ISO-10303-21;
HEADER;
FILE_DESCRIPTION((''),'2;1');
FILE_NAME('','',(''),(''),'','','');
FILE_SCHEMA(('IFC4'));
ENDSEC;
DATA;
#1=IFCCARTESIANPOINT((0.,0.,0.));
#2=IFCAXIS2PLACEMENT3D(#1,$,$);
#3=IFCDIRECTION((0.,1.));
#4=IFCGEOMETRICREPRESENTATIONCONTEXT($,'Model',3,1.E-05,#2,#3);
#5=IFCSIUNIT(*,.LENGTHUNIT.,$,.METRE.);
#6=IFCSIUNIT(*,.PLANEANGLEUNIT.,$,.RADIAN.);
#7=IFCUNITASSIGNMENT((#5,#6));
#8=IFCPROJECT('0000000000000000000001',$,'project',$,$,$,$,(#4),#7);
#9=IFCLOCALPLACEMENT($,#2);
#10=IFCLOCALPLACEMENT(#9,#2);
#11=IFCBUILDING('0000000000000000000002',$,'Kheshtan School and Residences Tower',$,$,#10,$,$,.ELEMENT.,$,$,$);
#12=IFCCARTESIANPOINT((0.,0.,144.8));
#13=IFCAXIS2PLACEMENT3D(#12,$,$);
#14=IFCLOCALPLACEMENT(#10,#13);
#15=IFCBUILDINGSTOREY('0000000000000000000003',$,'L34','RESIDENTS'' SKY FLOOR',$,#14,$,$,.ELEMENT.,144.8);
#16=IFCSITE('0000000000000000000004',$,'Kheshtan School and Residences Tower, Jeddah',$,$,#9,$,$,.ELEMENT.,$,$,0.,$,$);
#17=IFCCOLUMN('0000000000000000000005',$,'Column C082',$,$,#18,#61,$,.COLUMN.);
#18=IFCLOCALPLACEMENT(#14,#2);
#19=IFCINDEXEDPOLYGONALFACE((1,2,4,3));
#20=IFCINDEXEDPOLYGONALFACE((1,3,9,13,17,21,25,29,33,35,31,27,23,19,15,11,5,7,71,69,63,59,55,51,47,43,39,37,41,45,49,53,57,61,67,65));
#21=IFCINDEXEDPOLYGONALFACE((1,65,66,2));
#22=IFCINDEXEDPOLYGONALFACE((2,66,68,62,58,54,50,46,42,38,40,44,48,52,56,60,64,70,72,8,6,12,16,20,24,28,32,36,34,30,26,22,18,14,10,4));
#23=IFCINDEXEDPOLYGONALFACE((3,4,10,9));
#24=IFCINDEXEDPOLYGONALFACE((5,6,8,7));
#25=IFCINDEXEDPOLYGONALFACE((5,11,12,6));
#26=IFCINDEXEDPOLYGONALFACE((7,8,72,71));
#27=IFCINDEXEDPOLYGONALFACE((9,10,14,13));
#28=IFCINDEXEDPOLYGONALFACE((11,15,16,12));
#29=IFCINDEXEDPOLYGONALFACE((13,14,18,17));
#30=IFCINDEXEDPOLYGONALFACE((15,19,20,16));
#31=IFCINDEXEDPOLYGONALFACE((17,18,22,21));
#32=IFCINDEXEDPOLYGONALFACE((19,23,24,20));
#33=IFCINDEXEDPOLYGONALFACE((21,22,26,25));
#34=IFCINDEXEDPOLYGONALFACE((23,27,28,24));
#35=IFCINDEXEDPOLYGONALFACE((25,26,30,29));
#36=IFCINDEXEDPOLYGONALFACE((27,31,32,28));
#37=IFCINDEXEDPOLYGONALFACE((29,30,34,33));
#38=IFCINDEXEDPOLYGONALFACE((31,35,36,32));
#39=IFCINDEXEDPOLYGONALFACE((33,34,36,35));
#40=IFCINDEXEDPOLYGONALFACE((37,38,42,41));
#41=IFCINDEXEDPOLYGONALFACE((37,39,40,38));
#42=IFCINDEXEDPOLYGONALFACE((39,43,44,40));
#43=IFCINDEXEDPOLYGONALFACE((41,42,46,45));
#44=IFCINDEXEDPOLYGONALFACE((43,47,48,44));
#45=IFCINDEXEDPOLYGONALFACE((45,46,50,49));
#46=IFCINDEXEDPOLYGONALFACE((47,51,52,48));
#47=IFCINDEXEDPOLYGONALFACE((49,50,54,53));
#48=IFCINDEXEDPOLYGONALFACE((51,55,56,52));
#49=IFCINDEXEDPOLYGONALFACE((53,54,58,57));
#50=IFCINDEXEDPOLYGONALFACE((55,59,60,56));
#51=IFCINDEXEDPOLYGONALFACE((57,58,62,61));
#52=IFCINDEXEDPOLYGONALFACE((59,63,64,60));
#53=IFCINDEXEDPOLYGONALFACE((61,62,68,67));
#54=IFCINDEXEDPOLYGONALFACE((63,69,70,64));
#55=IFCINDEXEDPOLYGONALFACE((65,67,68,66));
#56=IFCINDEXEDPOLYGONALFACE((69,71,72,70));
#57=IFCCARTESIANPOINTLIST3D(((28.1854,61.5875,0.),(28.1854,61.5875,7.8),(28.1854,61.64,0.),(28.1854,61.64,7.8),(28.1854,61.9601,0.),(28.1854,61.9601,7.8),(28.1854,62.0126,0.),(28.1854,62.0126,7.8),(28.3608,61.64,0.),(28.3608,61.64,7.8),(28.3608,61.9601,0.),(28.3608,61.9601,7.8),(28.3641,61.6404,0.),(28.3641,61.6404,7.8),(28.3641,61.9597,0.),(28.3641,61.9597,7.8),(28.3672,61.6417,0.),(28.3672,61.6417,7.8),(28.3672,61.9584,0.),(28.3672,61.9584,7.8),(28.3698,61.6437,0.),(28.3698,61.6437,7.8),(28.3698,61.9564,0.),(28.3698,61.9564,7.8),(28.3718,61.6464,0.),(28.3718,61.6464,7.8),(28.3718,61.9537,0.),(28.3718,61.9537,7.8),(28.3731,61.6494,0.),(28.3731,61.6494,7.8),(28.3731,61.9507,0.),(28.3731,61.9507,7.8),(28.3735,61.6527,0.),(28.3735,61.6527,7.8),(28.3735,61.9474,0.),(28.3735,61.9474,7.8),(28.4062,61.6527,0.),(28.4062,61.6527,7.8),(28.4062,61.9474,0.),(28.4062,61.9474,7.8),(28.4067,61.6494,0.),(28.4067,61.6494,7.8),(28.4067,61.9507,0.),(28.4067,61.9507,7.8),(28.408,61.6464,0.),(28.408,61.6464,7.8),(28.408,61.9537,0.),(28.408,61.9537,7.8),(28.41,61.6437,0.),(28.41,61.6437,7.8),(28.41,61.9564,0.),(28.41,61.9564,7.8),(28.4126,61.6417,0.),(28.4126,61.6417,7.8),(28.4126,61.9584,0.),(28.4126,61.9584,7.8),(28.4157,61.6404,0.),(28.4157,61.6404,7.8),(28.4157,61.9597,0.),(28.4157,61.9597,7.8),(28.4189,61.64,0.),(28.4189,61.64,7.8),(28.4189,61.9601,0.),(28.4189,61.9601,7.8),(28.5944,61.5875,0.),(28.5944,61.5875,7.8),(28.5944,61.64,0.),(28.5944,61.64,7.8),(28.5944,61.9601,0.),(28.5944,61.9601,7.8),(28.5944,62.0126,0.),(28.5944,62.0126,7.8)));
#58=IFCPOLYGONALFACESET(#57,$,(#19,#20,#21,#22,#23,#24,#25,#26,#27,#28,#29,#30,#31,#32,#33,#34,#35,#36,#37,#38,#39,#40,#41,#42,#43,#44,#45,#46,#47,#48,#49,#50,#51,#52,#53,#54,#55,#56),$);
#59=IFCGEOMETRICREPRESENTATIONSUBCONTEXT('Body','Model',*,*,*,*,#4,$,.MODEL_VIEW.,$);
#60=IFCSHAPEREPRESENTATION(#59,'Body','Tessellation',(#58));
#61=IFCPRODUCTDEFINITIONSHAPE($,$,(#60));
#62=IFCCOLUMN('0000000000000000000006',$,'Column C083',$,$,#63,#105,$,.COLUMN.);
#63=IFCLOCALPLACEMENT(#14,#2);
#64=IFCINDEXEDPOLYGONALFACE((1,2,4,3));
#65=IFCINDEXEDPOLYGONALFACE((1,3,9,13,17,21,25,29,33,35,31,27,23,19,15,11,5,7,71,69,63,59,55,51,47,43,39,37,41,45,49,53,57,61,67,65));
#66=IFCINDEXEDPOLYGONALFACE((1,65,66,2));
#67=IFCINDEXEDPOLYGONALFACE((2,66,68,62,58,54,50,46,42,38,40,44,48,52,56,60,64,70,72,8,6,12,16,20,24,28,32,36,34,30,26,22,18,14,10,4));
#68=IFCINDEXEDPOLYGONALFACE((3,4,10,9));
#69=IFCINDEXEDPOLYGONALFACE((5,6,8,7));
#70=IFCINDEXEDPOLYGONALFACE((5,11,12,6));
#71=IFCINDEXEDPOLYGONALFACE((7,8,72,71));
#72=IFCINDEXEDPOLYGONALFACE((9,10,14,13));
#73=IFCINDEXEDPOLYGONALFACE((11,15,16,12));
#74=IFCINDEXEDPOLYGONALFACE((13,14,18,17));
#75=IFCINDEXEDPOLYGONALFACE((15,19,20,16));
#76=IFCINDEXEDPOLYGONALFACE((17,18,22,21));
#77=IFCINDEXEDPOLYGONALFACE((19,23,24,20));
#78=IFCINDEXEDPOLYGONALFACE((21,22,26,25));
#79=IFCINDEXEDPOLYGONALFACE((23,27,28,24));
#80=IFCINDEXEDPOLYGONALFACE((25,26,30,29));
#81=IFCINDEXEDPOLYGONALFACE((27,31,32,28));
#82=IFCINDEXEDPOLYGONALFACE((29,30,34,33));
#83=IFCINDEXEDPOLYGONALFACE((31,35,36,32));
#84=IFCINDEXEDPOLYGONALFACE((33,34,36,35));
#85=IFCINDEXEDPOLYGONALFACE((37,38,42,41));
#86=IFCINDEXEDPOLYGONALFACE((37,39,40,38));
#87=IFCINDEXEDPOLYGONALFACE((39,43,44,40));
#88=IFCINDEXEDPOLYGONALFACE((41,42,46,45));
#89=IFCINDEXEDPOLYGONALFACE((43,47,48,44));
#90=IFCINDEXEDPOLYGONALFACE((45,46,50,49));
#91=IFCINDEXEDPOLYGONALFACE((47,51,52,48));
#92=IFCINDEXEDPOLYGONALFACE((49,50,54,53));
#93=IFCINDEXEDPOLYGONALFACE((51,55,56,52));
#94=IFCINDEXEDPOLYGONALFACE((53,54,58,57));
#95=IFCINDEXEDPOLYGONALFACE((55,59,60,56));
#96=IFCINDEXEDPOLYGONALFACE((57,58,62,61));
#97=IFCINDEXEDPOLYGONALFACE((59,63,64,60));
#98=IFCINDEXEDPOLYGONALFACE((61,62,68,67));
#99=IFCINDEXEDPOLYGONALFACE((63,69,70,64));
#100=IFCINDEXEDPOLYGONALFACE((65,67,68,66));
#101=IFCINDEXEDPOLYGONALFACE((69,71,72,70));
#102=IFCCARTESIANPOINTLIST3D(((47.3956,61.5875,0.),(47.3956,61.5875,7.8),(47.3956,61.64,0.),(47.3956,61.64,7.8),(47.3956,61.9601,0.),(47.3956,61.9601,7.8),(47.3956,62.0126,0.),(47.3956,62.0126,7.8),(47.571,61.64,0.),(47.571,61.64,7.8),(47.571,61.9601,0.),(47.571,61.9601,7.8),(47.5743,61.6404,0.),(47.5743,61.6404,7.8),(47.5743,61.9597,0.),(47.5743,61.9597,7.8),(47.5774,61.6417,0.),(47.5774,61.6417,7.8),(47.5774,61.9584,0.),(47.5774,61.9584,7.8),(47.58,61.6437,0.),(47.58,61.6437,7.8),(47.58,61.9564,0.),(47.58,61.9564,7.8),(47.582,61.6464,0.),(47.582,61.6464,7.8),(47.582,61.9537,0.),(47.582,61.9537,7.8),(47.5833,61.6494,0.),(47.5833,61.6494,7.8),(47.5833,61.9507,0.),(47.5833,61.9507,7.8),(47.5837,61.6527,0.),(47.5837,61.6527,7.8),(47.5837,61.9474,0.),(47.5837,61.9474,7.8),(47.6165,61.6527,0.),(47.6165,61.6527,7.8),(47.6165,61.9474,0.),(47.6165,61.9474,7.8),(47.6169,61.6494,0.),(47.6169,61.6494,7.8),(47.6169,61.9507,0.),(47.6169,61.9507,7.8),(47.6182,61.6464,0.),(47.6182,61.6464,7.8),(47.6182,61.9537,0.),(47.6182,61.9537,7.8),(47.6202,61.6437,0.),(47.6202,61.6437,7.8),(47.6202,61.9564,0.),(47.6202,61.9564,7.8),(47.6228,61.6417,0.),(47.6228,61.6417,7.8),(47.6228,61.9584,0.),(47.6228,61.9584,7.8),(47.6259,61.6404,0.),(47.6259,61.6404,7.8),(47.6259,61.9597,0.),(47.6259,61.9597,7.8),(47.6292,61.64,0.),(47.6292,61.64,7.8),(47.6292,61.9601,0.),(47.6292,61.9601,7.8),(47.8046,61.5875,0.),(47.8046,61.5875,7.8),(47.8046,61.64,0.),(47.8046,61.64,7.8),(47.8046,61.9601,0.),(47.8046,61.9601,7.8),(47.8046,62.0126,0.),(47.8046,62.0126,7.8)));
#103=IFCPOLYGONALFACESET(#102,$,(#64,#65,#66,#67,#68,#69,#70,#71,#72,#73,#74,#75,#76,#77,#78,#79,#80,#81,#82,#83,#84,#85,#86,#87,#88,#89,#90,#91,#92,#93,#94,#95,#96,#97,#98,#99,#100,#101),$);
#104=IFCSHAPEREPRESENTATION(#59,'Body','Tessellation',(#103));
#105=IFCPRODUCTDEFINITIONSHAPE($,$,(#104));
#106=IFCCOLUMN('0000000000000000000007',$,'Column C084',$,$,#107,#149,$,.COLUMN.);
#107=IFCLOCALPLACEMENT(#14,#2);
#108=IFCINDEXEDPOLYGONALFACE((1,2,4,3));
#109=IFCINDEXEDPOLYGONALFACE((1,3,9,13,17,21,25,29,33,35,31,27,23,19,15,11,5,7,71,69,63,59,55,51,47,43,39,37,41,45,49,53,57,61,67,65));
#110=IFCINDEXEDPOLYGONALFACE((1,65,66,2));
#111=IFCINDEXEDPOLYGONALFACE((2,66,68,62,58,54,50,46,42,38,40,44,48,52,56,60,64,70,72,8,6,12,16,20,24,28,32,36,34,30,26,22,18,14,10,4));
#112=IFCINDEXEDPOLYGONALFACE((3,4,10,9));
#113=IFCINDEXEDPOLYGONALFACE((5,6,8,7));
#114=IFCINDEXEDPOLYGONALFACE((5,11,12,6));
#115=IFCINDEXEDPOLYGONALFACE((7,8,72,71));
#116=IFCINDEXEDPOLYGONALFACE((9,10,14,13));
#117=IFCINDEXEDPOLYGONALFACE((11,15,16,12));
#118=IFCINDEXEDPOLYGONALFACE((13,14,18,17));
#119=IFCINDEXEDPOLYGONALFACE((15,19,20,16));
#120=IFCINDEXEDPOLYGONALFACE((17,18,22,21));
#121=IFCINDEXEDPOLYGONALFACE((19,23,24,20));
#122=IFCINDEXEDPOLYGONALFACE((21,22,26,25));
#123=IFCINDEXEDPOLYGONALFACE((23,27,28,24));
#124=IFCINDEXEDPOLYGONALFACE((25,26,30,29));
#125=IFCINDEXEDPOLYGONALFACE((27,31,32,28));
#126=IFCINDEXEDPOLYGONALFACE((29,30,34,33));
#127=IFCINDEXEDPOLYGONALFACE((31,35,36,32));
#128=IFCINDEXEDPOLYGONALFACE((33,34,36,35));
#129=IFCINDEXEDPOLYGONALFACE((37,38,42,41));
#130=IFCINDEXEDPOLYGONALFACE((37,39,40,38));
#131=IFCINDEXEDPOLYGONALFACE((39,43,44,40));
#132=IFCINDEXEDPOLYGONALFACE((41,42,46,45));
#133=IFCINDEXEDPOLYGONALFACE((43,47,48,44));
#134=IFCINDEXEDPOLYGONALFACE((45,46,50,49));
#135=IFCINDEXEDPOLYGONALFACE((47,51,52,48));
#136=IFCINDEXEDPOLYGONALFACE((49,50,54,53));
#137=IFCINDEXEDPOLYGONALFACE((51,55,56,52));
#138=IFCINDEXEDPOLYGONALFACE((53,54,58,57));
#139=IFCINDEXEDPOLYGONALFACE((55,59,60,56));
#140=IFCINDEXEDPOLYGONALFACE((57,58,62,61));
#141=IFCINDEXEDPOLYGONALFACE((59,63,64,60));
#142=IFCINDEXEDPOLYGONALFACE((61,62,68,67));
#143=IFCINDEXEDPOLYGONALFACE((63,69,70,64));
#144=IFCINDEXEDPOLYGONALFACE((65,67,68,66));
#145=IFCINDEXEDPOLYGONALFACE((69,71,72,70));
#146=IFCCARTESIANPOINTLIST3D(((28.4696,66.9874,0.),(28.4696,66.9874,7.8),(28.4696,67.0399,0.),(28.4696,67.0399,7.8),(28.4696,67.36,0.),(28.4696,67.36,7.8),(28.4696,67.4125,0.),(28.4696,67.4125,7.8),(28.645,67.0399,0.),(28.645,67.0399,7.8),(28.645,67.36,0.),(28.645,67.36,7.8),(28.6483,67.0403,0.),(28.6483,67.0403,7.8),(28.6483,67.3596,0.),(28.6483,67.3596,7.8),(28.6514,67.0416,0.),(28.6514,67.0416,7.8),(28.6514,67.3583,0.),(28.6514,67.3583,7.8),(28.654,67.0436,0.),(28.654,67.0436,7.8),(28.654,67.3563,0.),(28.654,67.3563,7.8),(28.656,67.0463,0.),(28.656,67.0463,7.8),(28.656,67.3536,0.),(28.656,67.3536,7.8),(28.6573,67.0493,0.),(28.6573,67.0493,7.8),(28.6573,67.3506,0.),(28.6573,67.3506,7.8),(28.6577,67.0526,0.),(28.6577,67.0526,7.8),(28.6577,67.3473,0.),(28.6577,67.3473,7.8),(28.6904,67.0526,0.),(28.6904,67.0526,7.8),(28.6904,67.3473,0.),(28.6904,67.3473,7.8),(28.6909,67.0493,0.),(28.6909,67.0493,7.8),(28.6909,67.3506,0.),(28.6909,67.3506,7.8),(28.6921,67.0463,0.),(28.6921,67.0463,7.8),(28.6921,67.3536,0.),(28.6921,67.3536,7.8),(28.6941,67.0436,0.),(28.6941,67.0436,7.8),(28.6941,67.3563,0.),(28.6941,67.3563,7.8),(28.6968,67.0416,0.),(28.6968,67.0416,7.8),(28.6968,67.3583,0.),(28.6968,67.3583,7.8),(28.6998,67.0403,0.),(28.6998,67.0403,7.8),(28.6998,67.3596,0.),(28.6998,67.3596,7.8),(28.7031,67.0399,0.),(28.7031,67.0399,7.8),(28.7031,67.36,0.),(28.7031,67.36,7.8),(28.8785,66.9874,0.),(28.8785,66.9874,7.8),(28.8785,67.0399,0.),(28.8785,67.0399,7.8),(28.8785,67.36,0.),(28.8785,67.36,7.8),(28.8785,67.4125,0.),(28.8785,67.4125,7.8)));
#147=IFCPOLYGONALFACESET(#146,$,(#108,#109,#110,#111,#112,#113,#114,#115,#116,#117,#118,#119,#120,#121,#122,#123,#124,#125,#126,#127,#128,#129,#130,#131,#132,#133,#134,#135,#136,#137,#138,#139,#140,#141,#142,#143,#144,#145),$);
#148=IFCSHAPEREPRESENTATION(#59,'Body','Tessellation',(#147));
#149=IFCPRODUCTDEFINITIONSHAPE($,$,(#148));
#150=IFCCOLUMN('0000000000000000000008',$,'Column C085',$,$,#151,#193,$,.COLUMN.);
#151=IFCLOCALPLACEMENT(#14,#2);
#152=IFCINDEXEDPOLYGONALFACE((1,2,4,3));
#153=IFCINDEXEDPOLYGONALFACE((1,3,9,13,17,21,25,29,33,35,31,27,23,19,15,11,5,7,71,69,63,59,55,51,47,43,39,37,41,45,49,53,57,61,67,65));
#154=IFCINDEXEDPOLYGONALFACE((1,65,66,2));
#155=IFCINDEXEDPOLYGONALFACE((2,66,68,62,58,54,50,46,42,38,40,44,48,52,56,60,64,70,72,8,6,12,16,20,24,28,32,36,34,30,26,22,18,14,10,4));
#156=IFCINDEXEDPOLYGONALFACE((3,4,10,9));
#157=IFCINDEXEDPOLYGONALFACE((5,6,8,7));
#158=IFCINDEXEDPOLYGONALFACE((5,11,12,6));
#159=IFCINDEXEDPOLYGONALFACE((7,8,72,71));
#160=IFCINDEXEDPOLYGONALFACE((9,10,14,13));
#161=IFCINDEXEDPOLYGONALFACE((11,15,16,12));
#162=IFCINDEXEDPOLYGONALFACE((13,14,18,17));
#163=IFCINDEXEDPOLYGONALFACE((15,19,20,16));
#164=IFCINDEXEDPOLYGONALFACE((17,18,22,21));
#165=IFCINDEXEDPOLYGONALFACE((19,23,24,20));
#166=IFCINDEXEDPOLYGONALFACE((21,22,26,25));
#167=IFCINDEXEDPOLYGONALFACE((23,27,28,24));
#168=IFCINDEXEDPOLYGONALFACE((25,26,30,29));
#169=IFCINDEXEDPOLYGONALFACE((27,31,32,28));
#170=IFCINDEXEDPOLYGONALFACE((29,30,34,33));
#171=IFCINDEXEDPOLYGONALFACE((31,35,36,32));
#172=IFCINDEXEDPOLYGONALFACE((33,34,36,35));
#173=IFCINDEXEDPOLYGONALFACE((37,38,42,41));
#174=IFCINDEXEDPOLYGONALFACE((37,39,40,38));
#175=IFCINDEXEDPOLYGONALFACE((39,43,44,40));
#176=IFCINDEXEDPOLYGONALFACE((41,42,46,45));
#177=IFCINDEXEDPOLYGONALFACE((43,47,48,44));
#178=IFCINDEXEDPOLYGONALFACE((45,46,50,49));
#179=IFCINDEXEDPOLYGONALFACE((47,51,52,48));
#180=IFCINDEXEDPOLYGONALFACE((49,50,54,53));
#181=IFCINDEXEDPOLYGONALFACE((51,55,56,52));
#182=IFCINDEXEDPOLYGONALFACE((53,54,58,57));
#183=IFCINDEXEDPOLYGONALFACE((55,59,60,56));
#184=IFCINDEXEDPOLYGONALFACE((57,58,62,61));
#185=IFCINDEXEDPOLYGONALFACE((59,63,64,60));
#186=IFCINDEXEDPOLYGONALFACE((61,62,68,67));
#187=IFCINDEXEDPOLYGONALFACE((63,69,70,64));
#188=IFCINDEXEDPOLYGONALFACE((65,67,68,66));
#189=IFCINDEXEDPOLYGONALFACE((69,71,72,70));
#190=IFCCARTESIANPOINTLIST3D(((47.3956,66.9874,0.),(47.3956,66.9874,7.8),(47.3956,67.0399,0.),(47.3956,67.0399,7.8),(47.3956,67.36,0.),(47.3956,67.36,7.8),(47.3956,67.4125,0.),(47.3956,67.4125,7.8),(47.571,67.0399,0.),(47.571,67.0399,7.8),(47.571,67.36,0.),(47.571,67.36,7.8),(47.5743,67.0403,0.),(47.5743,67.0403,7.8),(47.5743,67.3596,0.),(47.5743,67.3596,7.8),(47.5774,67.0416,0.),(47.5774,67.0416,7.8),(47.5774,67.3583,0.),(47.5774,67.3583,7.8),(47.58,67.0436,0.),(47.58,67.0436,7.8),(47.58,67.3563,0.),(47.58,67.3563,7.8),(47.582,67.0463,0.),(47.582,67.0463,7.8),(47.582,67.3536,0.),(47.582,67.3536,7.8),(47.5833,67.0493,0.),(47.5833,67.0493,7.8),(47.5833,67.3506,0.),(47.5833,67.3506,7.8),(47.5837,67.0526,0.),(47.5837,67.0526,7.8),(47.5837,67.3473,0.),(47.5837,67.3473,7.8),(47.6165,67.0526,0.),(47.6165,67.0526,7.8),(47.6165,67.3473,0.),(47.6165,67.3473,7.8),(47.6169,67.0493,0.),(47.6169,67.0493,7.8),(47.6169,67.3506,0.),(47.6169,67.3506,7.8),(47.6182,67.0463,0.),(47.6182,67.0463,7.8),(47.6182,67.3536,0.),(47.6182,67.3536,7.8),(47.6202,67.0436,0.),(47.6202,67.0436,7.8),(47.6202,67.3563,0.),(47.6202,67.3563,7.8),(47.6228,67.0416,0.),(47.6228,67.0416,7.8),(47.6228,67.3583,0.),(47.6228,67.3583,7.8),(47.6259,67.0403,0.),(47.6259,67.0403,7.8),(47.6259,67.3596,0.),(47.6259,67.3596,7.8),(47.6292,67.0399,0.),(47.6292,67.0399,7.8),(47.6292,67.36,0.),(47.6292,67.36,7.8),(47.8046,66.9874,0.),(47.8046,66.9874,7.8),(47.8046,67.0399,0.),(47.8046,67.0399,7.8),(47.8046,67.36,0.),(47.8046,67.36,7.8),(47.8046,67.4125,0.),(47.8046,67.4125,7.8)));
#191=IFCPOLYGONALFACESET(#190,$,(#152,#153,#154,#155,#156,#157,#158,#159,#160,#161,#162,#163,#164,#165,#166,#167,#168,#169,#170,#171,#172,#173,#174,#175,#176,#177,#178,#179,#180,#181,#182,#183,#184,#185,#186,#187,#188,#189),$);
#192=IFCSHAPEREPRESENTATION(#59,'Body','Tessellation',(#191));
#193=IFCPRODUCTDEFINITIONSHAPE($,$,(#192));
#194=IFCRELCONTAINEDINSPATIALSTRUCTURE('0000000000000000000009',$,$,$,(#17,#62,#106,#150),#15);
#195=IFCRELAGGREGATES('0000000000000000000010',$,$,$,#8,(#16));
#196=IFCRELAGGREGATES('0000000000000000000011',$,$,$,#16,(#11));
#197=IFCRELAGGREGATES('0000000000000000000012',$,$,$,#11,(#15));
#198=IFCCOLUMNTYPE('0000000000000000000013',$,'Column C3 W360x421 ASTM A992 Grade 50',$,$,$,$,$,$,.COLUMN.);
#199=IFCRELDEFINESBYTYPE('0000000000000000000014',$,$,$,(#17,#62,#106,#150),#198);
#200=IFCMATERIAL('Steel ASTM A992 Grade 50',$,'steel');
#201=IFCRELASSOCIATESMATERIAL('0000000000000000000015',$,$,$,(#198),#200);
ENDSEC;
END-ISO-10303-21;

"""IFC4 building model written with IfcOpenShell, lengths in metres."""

from ifc_helpers import new_model, si_unit, direction, frame, origin, origin_2d, place, context, subcontext, project, spatial, i_section, extrude, material, material_profile, profile_set, type_object, element, save


model = new_model("IFC4")

# Units and contexts
model_context = context("Model", 3, precision=1e-05, world=origin(), true_north=direction((0.0, 1.0)))
body_context = subcontext(model_context, "Body", "Model", "MODEL_VIEW")
ifc_project = project(units=[si_unit("LENGTHUNIT", "METRE"), si_unit("PLANEANGLEUNIT", "RADIAN")], contexts=[model_context])

# Site, building, storey
site_placement = place(None, origin())
site = spatial("IfcSite", under=ifc_project, at=site_placement, Name="Kheshtan School and Residences Tower, Jeddah", CompositionType="ELEMENT", RefElevation=0.0)
building_placement = place(site_placement, origin())
building = spatial("IfcBuilding", under=site, at=building_placement, Name="Kheshtan School and Residences Tower", CompositionType="ELEMENT")
storey_placement = place(building_placement, frame((0.0, 0.0, 144.8)))
storey = spatial("IfcBuildingStorey", under=building, at=storey_placement, Name="L34", Description="RESIDENTS' SKY FLOOR", CompositionType="ELEMENT", Elevation=144.8)

# Columns
ifc_material_1 = material(Name="Steel ASTM A992 Grade 50", Category="steel")
ifc_material_profile_1 = material_profile(ifc_material_1, i_section(OverallWidth=0.4089, OverallDepth=0.425, WebThickness=0.0327, FlangeThickness=0.0525, FilletRadius=0.0127, at=origin_2d()), Name="W360x421")
ifc_profile_set_1 = profile_set([ifc_material_profile_1], Name="Steel ASTM A992 Grade 50")
column_type = type_object("IfcColumnType", Name="Column C3 W360x421 ASTM A992 Grade 50", PredefinedType="COLUMN", material=ifc_profile_set_1)
for number, where, z_axis, x_axis, name in (
    (1, (28.3899, 61.8, 0.0), (0.0, 0.0, 1.0), (1.0, 0.0, 0.0), "Column C082"),
    (2, (47.6001, 61.8, 0.0), (0.0, 0.0, 1.0), (1.0, 0.0, 0.0), "Column C083"),
    (3, (28.6741, 67.2, 0.0), (0.0, 0.0, 1.0), (1.0, 0.0, 0.0), "Column C084"),
    (4, (47.6001, 67.2, 0.0), (0.0, 0.0, 1.0), (1.0, 0.0, 0.0), "Column C085"),
):
    element("IfcColumn", number, at=place(storey_placement, frame(where, z_axis=z_axis, x_axis=x_axis)), inside=storey, type_object=column_type, Name=name, PredefinedType="COLUMN", context=body_context, shape_type="SweptSolid", body=[
        extrude(i_section(OverallWidth=0.4089, OverallDepth=0.425, WebThickness=0.0327, FlangeThickness=0.0525, FilletRadius=0.0127, at=origin_2d()), origin(), (0.0, 0.0, 1.0), 7.8),
    ])

save(model, "model.ifc")
